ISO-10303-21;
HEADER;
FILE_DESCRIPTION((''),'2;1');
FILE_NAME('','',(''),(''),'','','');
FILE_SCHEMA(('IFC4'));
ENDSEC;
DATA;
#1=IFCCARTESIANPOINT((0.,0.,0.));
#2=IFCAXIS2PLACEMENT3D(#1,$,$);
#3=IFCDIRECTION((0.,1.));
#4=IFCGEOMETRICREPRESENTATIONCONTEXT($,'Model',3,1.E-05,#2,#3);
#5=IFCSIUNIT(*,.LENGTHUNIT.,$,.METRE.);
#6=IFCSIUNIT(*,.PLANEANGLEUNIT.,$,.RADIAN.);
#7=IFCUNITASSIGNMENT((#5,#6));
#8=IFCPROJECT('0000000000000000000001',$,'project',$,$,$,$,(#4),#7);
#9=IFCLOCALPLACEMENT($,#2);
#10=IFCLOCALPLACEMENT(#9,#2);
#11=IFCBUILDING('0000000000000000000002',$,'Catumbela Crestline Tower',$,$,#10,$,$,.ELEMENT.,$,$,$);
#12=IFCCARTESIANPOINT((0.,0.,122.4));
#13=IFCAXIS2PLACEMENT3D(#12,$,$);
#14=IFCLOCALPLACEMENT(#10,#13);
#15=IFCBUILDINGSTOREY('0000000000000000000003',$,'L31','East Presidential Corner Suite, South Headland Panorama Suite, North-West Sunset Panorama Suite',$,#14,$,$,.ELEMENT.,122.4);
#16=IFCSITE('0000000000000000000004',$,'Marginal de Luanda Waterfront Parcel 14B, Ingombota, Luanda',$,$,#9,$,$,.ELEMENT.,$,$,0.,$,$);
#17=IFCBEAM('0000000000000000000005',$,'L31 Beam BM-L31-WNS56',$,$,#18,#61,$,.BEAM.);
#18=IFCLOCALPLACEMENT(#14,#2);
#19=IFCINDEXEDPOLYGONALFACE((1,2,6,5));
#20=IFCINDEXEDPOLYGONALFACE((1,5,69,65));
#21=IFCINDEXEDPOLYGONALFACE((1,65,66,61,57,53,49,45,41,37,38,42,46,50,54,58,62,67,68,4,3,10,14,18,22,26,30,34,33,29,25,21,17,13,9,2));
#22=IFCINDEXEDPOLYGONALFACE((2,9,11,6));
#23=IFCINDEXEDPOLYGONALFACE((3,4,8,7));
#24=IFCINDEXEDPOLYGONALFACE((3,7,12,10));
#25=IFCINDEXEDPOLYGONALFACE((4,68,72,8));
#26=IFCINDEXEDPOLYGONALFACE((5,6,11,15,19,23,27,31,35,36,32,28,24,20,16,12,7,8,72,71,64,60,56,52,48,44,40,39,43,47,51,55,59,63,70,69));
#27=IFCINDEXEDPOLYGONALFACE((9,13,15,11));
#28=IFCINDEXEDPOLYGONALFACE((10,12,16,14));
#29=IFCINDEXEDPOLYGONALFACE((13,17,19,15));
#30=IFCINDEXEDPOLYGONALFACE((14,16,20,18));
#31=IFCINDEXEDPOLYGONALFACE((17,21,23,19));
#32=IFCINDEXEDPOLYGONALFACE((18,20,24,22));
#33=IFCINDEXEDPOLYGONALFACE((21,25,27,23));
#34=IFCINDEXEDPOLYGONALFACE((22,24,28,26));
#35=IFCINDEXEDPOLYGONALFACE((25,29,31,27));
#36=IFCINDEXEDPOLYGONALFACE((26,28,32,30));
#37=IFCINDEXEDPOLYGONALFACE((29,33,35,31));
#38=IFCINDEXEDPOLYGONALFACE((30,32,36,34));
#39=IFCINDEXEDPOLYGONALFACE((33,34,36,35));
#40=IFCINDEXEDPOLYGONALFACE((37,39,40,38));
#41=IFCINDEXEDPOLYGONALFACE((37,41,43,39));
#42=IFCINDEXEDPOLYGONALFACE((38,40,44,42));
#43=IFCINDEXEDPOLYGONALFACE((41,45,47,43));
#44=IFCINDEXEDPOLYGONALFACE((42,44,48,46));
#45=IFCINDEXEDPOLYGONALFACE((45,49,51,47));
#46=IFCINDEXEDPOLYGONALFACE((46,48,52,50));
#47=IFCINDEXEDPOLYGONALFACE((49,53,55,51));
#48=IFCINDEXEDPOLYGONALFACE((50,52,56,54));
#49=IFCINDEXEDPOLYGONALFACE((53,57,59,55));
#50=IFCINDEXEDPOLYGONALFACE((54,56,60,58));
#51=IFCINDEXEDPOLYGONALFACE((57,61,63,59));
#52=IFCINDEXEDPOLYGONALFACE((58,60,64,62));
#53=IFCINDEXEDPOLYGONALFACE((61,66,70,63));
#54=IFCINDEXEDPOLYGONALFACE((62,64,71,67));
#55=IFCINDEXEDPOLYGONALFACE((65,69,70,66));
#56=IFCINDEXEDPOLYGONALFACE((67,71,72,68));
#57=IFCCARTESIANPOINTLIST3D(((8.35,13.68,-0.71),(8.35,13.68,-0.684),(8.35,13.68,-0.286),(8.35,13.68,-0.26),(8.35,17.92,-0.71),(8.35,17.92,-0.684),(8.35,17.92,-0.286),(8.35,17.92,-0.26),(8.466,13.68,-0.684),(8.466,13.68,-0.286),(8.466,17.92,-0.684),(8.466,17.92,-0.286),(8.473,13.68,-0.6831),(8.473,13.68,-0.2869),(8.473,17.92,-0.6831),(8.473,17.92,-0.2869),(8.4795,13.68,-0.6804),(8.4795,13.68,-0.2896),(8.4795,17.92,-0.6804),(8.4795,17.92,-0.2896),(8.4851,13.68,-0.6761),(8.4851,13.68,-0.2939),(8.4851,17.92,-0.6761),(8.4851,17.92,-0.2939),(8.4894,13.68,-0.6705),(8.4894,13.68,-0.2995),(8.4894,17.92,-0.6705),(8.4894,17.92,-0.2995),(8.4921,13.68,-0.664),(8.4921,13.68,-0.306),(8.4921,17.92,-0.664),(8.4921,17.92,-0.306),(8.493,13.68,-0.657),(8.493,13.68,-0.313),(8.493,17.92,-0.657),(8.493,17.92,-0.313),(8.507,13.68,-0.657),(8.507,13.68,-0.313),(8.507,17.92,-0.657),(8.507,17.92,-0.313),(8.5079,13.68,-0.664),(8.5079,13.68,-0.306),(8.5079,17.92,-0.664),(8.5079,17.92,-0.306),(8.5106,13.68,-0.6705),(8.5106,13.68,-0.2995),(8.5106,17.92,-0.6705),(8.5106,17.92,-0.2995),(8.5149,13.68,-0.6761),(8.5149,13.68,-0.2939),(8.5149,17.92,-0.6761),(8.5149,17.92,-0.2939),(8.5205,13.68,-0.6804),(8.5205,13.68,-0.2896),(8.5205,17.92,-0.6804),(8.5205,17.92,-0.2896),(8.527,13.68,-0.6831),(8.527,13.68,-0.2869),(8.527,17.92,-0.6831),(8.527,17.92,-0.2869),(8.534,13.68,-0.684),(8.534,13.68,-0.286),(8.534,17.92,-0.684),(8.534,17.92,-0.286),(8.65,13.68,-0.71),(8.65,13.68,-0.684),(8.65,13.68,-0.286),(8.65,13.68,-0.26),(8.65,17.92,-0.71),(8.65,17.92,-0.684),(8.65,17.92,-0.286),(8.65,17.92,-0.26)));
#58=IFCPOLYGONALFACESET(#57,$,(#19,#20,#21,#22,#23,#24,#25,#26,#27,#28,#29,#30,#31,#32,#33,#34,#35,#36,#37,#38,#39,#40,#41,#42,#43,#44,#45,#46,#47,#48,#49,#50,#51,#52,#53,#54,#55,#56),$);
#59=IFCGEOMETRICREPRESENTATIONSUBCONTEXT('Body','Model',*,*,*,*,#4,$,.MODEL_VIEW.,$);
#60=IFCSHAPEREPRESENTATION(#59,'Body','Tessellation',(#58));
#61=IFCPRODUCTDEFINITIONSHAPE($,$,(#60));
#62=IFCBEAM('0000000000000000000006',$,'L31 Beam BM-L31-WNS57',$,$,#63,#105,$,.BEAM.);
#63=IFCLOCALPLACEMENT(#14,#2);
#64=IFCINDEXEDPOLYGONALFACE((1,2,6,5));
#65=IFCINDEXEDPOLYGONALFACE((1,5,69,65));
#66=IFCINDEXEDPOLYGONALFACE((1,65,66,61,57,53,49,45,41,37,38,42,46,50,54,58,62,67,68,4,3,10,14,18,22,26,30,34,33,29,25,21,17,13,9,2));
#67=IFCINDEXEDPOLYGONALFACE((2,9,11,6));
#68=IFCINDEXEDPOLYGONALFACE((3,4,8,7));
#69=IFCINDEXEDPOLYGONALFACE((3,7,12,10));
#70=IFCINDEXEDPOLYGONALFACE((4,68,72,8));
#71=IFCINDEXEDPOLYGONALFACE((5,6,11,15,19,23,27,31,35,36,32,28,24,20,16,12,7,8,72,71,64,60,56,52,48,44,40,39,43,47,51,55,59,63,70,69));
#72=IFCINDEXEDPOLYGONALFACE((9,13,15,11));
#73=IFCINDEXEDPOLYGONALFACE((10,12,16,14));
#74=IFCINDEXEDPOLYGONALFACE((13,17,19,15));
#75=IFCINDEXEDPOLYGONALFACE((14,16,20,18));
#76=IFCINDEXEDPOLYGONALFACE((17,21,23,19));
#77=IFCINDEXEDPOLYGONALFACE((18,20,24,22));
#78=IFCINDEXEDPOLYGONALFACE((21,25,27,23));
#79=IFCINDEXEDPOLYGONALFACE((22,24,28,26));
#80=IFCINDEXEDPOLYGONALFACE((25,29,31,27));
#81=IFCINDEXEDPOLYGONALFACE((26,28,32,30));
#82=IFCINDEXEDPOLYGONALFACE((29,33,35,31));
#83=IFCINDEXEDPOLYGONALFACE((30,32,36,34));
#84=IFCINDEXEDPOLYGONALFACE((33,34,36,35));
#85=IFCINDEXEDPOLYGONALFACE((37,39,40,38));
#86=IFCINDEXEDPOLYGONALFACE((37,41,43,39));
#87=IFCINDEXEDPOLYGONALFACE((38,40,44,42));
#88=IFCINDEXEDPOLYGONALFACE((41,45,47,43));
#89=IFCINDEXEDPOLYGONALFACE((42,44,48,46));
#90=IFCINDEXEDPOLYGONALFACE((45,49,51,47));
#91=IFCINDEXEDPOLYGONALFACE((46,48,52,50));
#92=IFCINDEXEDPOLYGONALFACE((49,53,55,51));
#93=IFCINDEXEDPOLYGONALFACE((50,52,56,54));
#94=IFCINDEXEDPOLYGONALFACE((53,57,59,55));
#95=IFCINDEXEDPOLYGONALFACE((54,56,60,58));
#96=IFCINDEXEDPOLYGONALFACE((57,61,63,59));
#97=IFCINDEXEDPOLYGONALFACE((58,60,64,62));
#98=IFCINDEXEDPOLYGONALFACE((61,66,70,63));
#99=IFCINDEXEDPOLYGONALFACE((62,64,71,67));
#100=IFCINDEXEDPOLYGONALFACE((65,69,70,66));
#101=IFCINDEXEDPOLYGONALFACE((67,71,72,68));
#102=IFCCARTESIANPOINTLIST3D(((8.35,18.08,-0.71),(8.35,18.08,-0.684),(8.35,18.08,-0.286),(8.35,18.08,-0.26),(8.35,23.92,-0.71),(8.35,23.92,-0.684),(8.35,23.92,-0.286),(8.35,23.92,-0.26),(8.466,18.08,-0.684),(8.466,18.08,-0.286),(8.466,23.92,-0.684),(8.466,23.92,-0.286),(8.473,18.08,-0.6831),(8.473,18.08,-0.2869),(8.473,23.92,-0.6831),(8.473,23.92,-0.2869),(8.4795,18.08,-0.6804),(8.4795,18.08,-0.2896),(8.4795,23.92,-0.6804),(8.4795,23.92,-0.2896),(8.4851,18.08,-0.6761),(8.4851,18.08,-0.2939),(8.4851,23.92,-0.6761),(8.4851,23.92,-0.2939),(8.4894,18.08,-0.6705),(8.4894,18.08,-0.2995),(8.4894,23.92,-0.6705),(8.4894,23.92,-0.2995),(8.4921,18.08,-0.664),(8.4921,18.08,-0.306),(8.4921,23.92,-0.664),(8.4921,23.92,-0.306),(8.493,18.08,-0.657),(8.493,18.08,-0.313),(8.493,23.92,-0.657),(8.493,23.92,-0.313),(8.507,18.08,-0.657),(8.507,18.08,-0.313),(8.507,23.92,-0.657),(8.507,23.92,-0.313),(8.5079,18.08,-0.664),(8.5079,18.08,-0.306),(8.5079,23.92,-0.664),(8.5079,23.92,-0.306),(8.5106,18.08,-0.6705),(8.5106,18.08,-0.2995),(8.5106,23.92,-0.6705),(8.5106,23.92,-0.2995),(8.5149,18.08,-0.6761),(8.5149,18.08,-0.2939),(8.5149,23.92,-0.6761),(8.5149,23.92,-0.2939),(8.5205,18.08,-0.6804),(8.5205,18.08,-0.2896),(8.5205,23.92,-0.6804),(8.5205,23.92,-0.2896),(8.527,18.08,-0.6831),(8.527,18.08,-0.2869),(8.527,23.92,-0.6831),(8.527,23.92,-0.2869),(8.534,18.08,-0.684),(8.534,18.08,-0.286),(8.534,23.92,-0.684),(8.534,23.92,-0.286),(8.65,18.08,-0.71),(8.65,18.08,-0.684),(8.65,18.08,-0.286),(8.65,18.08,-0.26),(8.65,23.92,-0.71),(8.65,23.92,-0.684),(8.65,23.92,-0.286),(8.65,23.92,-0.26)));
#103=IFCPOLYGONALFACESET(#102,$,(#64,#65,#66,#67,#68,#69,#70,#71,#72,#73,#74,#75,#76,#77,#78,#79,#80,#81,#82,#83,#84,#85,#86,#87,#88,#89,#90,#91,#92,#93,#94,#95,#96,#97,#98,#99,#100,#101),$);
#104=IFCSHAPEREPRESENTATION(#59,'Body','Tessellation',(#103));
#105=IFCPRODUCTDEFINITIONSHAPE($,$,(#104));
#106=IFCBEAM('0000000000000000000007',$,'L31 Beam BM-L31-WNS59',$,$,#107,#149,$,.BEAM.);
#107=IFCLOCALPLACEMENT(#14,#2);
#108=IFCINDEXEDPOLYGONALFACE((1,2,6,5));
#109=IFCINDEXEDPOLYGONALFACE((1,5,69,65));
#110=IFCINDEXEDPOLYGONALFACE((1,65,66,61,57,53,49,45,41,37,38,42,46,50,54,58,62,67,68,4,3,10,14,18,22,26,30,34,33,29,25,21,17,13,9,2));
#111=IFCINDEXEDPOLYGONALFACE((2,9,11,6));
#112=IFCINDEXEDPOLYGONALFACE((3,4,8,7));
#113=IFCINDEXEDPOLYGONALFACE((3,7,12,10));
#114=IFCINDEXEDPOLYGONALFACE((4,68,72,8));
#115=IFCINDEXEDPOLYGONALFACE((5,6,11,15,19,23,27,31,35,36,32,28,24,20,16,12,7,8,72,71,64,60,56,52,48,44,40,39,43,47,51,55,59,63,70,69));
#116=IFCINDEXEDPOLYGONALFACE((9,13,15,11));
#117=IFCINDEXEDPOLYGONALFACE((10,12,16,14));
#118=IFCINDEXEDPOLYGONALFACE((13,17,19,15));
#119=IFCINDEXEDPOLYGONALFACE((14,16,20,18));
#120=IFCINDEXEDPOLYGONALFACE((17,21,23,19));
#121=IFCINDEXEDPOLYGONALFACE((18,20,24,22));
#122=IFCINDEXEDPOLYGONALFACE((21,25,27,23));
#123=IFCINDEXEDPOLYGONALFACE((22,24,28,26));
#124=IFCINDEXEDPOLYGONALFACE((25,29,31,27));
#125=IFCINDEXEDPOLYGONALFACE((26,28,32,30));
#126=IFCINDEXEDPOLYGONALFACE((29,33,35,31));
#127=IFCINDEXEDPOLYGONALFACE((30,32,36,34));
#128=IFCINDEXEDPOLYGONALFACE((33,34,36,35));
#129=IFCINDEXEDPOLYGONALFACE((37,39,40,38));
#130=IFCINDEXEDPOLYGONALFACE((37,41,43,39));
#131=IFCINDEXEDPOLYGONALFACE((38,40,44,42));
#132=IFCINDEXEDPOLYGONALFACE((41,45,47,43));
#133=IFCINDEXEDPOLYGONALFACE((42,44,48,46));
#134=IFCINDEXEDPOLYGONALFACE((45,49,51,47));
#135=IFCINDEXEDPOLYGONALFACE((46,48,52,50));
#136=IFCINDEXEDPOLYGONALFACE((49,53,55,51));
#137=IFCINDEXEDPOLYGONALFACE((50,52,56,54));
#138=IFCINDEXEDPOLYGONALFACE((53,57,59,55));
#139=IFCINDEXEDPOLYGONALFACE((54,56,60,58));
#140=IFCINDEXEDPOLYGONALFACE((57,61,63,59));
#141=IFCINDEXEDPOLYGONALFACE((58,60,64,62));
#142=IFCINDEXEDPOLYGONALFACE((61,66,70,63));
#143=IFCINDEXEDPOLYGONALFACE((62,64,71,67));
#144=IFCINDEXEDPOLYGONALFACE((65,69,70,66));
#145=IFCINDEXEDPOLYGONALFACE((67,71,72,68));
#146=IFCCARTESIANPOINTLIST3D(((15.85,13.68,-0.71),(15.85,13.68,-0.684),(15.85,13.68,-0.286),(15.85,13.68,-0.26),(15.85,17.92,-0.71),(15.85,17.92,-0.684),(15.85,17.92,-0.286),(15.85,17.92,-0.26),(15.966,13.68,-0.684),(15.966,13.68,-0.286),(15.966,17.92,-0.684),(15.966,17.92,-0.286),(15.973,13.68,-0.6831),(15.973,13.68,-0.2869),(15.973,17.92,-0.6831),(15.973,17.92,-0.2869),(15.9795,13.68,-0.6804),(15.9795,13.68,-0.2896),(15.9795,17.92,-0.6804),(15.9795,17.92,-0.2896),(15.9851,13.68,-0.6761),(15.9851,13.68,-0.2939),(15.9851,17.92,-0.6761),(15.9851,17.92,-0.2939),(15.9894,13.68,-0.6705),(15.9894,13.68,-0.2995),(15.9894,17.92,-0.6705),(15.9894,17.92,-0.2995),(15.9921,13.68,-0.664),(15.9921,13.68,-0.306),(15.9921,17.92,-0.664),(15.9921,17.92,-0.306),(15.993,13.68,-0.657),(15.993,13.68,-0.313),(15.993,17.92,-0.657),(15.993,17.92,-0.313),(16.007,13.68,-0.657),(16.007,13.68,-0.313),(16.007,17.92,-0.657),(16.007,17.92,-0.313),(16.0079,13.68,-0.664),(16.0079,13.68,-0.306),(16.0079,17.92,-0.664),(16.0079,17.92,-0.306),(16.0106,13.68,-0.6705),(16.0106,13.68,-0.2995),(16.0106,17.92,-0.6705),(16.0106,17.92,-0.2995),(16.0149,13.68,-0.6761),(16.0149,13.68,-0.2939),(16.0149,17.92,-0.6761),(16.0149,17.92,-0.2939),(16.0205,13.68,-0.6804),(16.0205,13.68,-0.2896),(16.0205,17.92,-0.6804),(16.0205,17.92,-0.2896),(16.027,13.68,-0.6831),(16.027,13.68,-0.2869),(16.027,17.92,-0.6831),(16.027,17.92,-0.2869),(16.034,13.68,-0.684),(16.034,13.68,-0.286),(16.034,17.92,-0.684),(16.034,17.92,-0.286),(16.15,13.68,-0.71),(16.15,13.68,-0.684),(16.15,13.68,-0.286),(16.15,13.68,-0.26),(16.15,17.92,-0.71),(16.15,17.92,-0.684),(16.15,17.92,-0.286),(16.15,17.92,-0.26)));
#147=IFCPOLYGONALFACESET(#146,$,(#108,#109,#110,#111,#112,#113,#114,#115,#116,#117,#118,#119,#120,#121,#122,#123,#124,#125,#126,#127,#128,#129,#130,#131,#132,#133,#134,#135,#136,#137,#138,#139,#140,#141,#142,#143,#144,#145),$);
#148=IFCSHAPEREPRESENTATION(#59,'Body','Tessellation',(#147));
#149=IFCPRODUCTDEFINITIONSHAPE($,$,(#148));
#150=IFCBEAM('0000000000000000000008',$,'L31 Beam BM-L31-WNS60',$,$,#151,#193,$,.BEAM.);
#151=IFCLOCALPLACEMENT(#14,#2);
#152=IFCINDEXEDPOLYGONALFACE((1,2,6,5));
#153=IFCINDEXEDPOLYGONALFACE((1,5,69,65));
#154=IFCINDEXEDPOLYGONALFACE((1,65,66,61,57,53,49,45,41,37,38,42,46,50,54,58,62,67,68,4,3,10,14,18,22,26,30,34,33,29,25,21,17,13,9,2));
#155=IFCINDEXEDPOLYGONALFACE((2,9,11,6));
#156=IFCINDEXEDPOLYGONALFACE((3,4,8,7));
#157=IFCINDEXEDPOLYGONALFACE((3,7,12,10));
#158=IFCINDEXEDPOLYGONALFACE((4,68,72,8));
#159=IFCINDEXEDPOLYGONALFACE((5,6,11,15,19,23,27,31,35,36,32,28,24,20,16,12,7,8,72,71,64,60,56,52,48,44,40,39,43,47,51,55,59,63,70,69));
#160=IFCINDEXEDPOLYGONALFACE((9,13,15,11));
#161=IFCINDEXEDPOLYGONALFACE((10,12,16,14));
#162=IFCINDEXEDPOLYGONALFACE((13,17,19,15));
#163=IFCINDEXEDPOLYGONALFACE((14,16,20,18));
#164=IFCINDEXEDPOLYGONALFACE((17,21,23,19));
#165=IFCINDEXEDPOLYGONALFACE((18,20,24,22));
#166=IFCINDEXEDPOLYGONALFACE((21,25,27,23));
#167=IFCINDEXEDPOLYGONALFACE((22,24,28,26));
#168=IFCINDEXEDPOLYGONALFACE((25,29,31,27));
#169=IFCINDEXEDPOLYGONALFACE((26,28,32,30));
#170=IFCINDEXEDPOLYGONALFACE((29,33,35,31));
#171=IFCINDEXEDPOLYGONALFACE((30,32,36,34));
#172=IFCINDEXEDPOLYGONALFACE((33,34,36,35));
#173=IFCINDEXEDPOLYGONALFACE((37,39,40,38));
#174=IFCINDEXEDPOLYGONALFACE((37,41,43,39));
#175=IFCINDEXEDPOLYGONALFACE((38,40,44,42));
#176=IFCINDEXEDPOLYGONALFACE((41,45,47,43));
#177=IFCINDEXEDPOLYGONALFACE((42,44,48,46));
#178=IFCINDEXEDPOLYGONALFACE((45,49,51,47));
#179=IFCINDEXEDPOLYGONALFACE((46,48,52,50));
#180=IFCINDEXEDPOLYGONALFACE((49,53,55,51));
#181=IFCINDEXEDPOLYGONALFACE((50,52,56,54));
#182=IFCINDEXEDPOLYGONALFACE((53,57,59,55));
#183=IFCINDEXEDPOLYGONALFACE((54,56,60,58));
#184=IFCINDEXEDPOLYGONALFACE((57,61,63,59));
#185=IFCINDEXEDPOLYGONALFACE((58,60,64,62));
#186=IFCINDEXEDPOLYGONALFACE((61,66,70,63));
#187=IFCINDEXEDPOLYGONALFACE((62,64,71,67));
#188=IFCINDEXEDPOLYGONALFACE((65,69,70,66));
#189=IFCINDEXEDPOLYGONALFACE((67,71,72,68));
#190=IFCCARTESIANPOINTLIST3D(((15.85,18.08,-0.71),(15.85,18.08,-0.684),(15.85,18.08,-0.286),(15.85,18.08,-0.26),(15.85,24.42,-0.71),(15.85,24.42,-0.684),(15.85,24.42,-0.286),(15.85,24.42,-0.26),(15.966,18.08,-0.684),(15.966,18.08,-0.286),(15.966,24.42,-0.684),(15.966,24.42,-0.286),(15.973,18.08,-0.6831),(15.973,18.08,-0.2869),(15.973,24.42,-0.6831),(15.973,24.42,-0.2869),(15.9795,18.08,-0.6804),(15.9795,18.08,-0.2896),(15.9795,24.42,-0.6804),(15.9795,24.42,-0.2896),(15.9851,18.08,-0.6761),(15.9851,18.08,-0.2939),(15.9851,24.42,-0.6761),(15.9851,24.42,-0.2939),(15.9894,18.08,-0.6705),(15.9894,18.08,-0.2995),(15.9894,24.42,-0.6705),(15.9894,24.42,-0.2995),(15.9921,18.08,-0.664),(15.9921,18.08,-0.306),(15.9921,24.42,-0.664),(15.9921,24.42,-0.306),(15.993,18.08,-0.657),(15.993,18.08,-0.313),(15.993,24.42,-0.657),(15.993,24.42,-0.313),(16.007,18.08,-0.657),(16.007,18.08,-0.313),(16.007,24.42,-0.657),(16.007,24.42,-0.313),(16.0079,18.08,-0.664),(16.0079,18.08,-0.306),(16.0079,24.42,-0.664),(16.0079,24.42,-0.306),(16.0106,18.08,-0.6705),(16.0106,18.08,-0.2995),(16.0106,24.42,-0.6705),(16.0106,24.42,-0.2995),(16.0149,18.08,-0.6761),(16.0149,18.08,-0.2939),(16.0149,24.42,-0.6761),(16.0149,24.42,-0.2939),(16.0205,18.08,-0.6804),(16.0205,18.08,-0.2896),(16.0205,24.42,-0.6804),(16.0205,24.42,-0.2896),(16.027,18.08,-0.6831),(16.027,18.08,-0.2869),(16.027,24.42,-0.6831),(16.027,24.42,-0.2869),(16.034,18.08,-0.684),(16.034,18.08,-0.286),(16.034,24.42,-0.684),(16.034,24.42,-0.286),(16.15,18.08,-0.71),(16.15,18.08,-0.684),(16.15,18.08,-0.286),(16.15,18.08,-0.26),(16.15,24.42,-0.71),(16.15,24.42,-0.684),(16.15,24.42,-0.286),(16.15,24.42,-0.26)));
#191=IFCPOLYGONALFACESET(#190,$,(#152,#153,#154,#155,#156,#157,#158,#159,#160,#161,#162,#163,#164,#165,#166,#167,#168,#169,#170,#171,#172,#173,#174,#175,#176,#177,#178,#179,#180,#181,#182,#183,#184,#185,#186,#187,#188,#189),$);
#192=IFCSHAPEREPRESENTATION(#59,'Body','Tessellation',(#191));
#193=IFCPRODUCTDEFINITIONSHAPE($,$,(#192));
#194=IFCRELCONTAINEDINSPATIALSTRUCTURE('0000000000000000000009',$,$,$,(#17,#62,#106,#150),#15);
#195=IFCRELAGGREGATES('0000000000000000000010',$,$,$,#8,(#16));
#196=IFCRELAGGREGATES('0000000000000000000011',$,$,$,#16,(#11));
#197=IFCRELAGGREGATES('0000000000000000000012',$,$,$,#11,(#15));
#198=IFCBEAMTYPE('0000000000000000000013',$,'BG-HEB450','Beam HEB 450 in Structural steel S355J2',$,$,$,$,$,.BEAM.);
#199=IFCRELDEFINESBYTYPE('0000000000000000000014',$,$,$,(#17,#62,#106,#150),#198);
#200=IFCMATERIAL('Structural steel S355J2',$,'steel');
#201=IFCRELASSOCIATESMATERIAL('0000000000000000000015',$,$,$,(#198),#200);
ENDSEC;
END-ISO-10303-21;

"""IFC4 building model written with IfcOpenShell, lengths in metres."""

from ifc_helpers import new_model, si_unit, direction, frame, origin, origin_2d, place, context, subcontext, project, spatial, i_section, extrude, material, material_profile, profile_set, type_object, element, save


model = new_model("IFC4")

# Units and contexts
model_context = context("Model", 3, precision=1e-05, world=origin(), true_north=direction((0.0, 1.0)))
body_context = subcontext(model_context, "Body", "Model", "MODEL_VIEW")
ifc_project = project(units=[si_unit("LENGTHUNIT", "METRE"), si_unit("PLANEANGLEUNIT", "RADIAN")], contexts=[model_context])

# Site, building, storey
site_placement = place(None, origin())
site = spatial("IfcSite", under=ifc_project, at=site_placement, Name="Marginal de Luanda Waterfront Parcel 14B, Ingombota, Luanda", CompositionType="ELEMENT", RefElevation=0.0)
building_placement = place(site_placement, origin())
building = spatial("IfcBuilding", under=site, at=building_placement, Name="Catumbela Crestline Tower", CompositionType="ELEMENT")
storey_placement = place(building_placement, frame((0.0, 0.0, 122.4)))
storey = spatial("IfcBuildingStorey", under=building, at=storey_placement, Name="L31", Description="East Presidential Corner Suite, South Headland Panorama Suite, North-West Sunset Panorama Suite", CompositionType="ELEMENT", Elevation=122.4)

# Beams
ifc_material_1 = material(Name="Structural steel S355J2", Category="steel")
ifc_material_profile_1 = material_profile(ifc_material_1, i_section(OverallWidth=0.3, OverallDepth=0.45, WebThickness=0.014, FlangeThickness=0.026, FilletRadius=0.027, at=origin_2d()), Name="HEB 450")
ifc_profile_set_1 = profile_set([ifc_material_profile_1], Name="Structural steel S355J2")
beam_type_1 = type_object("IfcBeamType", Name="BG-HEB450", Description="Beam HEB 450 in Structural steel S355J2", PredefinedType="BEAM", material=ifc_profile_set_1)
beam_1_placement = place(storey_placement, frame((8.5, 13.68, -0.485), z_axis=(0.0, 1.0, 0.0), x_axis=(-1.0, 0.0, 0.0)))
element("IfcBeam", 1, at=beam_1_placement, inside=storey, type_object=beam_type_1, Name="L31 Beam BM-L31-WNS56", PredefinedType="BEAM", context=body_context, shape_type="SweptSolid", body=[
    extrude(i_section(OverallWidth=0.3, OverallDepth=0.45, WebThickness=0.014, FlangeThickness=0.026, FilletRadius=0.027, at=origin_2d()), origin(), (0.0, 0.0, 1.0), 4.24),
])
beam_2_placement = place(storey_placement, frame((8.5, 18.08, -0.485), z_axis=(0.0, 1.0, 0.0), x_axis=(-1.0, 0.0, 0.0)))
element("IfcBeam", 2, at=beam_2_placement, inside=storey, type_object=beam_type_1, Name="L31 Beam BM-L31-WNS57", PredefinedType="BEAM", context=body_context, shape_type="SweptSolid", body=[
    extrude(i_section(OverallWidth=0.3, OverallDepth=0.45, WebThickness=0.014, FlangeThickness=0.026, FilletRadius=0.027, at=origin_2d()), origin(), (0.0, 0.0, 1.0), 5.84),
])
beam_3_placement = place(storey_placement, frame((16.0, 13.68, -0.485), z_axis=(0.0, 1.0, 0.0), x_axis=(-1.0, 0.0, 0.0)))
element("IfcBeam", 3, at=beam_3_placement, inside=storey, type_object=beam_type_1, Name="L31 Beam BM-L31-WNS59", PredefinedType="BEAM", context=body_context, shape_type="SweptSolid", body=[
    extrude(i_section(OverallWidth=0.3, OverallDepth=0.45, WebThickness=0.014, FlangeThickness=0.026, FilletRadius=0.027, at=origin_2d()), origin(), (0.0, 0.0, 1.0), 4.24),
])
beam_4_placement = place(storey_placement, frame((16.0, 18.08, -0.485), z_axis=(0.0, 1.0, 0.0), x_axis=(-1.0, 0.0, 0.0)))
element("IfcBeam", 4, at=beam_4_placement, inside=storey, type_object=beam_type_1, Name="L31 Beam BM-L31-WNS60", PredefinedType="BEAM", context=body_context, shape_type="SweptSolid", body=[
    extrude(i_section(OverallWidth=0.3, OverallDepth=0.45, WebThickness=0.014, FlangeThickness=0.026, FilletRadius=0.027, at=origin_2d()), origin(), (0.0, 0.0, 1.0), 6.34),
])

save(model, "model.ifc")
